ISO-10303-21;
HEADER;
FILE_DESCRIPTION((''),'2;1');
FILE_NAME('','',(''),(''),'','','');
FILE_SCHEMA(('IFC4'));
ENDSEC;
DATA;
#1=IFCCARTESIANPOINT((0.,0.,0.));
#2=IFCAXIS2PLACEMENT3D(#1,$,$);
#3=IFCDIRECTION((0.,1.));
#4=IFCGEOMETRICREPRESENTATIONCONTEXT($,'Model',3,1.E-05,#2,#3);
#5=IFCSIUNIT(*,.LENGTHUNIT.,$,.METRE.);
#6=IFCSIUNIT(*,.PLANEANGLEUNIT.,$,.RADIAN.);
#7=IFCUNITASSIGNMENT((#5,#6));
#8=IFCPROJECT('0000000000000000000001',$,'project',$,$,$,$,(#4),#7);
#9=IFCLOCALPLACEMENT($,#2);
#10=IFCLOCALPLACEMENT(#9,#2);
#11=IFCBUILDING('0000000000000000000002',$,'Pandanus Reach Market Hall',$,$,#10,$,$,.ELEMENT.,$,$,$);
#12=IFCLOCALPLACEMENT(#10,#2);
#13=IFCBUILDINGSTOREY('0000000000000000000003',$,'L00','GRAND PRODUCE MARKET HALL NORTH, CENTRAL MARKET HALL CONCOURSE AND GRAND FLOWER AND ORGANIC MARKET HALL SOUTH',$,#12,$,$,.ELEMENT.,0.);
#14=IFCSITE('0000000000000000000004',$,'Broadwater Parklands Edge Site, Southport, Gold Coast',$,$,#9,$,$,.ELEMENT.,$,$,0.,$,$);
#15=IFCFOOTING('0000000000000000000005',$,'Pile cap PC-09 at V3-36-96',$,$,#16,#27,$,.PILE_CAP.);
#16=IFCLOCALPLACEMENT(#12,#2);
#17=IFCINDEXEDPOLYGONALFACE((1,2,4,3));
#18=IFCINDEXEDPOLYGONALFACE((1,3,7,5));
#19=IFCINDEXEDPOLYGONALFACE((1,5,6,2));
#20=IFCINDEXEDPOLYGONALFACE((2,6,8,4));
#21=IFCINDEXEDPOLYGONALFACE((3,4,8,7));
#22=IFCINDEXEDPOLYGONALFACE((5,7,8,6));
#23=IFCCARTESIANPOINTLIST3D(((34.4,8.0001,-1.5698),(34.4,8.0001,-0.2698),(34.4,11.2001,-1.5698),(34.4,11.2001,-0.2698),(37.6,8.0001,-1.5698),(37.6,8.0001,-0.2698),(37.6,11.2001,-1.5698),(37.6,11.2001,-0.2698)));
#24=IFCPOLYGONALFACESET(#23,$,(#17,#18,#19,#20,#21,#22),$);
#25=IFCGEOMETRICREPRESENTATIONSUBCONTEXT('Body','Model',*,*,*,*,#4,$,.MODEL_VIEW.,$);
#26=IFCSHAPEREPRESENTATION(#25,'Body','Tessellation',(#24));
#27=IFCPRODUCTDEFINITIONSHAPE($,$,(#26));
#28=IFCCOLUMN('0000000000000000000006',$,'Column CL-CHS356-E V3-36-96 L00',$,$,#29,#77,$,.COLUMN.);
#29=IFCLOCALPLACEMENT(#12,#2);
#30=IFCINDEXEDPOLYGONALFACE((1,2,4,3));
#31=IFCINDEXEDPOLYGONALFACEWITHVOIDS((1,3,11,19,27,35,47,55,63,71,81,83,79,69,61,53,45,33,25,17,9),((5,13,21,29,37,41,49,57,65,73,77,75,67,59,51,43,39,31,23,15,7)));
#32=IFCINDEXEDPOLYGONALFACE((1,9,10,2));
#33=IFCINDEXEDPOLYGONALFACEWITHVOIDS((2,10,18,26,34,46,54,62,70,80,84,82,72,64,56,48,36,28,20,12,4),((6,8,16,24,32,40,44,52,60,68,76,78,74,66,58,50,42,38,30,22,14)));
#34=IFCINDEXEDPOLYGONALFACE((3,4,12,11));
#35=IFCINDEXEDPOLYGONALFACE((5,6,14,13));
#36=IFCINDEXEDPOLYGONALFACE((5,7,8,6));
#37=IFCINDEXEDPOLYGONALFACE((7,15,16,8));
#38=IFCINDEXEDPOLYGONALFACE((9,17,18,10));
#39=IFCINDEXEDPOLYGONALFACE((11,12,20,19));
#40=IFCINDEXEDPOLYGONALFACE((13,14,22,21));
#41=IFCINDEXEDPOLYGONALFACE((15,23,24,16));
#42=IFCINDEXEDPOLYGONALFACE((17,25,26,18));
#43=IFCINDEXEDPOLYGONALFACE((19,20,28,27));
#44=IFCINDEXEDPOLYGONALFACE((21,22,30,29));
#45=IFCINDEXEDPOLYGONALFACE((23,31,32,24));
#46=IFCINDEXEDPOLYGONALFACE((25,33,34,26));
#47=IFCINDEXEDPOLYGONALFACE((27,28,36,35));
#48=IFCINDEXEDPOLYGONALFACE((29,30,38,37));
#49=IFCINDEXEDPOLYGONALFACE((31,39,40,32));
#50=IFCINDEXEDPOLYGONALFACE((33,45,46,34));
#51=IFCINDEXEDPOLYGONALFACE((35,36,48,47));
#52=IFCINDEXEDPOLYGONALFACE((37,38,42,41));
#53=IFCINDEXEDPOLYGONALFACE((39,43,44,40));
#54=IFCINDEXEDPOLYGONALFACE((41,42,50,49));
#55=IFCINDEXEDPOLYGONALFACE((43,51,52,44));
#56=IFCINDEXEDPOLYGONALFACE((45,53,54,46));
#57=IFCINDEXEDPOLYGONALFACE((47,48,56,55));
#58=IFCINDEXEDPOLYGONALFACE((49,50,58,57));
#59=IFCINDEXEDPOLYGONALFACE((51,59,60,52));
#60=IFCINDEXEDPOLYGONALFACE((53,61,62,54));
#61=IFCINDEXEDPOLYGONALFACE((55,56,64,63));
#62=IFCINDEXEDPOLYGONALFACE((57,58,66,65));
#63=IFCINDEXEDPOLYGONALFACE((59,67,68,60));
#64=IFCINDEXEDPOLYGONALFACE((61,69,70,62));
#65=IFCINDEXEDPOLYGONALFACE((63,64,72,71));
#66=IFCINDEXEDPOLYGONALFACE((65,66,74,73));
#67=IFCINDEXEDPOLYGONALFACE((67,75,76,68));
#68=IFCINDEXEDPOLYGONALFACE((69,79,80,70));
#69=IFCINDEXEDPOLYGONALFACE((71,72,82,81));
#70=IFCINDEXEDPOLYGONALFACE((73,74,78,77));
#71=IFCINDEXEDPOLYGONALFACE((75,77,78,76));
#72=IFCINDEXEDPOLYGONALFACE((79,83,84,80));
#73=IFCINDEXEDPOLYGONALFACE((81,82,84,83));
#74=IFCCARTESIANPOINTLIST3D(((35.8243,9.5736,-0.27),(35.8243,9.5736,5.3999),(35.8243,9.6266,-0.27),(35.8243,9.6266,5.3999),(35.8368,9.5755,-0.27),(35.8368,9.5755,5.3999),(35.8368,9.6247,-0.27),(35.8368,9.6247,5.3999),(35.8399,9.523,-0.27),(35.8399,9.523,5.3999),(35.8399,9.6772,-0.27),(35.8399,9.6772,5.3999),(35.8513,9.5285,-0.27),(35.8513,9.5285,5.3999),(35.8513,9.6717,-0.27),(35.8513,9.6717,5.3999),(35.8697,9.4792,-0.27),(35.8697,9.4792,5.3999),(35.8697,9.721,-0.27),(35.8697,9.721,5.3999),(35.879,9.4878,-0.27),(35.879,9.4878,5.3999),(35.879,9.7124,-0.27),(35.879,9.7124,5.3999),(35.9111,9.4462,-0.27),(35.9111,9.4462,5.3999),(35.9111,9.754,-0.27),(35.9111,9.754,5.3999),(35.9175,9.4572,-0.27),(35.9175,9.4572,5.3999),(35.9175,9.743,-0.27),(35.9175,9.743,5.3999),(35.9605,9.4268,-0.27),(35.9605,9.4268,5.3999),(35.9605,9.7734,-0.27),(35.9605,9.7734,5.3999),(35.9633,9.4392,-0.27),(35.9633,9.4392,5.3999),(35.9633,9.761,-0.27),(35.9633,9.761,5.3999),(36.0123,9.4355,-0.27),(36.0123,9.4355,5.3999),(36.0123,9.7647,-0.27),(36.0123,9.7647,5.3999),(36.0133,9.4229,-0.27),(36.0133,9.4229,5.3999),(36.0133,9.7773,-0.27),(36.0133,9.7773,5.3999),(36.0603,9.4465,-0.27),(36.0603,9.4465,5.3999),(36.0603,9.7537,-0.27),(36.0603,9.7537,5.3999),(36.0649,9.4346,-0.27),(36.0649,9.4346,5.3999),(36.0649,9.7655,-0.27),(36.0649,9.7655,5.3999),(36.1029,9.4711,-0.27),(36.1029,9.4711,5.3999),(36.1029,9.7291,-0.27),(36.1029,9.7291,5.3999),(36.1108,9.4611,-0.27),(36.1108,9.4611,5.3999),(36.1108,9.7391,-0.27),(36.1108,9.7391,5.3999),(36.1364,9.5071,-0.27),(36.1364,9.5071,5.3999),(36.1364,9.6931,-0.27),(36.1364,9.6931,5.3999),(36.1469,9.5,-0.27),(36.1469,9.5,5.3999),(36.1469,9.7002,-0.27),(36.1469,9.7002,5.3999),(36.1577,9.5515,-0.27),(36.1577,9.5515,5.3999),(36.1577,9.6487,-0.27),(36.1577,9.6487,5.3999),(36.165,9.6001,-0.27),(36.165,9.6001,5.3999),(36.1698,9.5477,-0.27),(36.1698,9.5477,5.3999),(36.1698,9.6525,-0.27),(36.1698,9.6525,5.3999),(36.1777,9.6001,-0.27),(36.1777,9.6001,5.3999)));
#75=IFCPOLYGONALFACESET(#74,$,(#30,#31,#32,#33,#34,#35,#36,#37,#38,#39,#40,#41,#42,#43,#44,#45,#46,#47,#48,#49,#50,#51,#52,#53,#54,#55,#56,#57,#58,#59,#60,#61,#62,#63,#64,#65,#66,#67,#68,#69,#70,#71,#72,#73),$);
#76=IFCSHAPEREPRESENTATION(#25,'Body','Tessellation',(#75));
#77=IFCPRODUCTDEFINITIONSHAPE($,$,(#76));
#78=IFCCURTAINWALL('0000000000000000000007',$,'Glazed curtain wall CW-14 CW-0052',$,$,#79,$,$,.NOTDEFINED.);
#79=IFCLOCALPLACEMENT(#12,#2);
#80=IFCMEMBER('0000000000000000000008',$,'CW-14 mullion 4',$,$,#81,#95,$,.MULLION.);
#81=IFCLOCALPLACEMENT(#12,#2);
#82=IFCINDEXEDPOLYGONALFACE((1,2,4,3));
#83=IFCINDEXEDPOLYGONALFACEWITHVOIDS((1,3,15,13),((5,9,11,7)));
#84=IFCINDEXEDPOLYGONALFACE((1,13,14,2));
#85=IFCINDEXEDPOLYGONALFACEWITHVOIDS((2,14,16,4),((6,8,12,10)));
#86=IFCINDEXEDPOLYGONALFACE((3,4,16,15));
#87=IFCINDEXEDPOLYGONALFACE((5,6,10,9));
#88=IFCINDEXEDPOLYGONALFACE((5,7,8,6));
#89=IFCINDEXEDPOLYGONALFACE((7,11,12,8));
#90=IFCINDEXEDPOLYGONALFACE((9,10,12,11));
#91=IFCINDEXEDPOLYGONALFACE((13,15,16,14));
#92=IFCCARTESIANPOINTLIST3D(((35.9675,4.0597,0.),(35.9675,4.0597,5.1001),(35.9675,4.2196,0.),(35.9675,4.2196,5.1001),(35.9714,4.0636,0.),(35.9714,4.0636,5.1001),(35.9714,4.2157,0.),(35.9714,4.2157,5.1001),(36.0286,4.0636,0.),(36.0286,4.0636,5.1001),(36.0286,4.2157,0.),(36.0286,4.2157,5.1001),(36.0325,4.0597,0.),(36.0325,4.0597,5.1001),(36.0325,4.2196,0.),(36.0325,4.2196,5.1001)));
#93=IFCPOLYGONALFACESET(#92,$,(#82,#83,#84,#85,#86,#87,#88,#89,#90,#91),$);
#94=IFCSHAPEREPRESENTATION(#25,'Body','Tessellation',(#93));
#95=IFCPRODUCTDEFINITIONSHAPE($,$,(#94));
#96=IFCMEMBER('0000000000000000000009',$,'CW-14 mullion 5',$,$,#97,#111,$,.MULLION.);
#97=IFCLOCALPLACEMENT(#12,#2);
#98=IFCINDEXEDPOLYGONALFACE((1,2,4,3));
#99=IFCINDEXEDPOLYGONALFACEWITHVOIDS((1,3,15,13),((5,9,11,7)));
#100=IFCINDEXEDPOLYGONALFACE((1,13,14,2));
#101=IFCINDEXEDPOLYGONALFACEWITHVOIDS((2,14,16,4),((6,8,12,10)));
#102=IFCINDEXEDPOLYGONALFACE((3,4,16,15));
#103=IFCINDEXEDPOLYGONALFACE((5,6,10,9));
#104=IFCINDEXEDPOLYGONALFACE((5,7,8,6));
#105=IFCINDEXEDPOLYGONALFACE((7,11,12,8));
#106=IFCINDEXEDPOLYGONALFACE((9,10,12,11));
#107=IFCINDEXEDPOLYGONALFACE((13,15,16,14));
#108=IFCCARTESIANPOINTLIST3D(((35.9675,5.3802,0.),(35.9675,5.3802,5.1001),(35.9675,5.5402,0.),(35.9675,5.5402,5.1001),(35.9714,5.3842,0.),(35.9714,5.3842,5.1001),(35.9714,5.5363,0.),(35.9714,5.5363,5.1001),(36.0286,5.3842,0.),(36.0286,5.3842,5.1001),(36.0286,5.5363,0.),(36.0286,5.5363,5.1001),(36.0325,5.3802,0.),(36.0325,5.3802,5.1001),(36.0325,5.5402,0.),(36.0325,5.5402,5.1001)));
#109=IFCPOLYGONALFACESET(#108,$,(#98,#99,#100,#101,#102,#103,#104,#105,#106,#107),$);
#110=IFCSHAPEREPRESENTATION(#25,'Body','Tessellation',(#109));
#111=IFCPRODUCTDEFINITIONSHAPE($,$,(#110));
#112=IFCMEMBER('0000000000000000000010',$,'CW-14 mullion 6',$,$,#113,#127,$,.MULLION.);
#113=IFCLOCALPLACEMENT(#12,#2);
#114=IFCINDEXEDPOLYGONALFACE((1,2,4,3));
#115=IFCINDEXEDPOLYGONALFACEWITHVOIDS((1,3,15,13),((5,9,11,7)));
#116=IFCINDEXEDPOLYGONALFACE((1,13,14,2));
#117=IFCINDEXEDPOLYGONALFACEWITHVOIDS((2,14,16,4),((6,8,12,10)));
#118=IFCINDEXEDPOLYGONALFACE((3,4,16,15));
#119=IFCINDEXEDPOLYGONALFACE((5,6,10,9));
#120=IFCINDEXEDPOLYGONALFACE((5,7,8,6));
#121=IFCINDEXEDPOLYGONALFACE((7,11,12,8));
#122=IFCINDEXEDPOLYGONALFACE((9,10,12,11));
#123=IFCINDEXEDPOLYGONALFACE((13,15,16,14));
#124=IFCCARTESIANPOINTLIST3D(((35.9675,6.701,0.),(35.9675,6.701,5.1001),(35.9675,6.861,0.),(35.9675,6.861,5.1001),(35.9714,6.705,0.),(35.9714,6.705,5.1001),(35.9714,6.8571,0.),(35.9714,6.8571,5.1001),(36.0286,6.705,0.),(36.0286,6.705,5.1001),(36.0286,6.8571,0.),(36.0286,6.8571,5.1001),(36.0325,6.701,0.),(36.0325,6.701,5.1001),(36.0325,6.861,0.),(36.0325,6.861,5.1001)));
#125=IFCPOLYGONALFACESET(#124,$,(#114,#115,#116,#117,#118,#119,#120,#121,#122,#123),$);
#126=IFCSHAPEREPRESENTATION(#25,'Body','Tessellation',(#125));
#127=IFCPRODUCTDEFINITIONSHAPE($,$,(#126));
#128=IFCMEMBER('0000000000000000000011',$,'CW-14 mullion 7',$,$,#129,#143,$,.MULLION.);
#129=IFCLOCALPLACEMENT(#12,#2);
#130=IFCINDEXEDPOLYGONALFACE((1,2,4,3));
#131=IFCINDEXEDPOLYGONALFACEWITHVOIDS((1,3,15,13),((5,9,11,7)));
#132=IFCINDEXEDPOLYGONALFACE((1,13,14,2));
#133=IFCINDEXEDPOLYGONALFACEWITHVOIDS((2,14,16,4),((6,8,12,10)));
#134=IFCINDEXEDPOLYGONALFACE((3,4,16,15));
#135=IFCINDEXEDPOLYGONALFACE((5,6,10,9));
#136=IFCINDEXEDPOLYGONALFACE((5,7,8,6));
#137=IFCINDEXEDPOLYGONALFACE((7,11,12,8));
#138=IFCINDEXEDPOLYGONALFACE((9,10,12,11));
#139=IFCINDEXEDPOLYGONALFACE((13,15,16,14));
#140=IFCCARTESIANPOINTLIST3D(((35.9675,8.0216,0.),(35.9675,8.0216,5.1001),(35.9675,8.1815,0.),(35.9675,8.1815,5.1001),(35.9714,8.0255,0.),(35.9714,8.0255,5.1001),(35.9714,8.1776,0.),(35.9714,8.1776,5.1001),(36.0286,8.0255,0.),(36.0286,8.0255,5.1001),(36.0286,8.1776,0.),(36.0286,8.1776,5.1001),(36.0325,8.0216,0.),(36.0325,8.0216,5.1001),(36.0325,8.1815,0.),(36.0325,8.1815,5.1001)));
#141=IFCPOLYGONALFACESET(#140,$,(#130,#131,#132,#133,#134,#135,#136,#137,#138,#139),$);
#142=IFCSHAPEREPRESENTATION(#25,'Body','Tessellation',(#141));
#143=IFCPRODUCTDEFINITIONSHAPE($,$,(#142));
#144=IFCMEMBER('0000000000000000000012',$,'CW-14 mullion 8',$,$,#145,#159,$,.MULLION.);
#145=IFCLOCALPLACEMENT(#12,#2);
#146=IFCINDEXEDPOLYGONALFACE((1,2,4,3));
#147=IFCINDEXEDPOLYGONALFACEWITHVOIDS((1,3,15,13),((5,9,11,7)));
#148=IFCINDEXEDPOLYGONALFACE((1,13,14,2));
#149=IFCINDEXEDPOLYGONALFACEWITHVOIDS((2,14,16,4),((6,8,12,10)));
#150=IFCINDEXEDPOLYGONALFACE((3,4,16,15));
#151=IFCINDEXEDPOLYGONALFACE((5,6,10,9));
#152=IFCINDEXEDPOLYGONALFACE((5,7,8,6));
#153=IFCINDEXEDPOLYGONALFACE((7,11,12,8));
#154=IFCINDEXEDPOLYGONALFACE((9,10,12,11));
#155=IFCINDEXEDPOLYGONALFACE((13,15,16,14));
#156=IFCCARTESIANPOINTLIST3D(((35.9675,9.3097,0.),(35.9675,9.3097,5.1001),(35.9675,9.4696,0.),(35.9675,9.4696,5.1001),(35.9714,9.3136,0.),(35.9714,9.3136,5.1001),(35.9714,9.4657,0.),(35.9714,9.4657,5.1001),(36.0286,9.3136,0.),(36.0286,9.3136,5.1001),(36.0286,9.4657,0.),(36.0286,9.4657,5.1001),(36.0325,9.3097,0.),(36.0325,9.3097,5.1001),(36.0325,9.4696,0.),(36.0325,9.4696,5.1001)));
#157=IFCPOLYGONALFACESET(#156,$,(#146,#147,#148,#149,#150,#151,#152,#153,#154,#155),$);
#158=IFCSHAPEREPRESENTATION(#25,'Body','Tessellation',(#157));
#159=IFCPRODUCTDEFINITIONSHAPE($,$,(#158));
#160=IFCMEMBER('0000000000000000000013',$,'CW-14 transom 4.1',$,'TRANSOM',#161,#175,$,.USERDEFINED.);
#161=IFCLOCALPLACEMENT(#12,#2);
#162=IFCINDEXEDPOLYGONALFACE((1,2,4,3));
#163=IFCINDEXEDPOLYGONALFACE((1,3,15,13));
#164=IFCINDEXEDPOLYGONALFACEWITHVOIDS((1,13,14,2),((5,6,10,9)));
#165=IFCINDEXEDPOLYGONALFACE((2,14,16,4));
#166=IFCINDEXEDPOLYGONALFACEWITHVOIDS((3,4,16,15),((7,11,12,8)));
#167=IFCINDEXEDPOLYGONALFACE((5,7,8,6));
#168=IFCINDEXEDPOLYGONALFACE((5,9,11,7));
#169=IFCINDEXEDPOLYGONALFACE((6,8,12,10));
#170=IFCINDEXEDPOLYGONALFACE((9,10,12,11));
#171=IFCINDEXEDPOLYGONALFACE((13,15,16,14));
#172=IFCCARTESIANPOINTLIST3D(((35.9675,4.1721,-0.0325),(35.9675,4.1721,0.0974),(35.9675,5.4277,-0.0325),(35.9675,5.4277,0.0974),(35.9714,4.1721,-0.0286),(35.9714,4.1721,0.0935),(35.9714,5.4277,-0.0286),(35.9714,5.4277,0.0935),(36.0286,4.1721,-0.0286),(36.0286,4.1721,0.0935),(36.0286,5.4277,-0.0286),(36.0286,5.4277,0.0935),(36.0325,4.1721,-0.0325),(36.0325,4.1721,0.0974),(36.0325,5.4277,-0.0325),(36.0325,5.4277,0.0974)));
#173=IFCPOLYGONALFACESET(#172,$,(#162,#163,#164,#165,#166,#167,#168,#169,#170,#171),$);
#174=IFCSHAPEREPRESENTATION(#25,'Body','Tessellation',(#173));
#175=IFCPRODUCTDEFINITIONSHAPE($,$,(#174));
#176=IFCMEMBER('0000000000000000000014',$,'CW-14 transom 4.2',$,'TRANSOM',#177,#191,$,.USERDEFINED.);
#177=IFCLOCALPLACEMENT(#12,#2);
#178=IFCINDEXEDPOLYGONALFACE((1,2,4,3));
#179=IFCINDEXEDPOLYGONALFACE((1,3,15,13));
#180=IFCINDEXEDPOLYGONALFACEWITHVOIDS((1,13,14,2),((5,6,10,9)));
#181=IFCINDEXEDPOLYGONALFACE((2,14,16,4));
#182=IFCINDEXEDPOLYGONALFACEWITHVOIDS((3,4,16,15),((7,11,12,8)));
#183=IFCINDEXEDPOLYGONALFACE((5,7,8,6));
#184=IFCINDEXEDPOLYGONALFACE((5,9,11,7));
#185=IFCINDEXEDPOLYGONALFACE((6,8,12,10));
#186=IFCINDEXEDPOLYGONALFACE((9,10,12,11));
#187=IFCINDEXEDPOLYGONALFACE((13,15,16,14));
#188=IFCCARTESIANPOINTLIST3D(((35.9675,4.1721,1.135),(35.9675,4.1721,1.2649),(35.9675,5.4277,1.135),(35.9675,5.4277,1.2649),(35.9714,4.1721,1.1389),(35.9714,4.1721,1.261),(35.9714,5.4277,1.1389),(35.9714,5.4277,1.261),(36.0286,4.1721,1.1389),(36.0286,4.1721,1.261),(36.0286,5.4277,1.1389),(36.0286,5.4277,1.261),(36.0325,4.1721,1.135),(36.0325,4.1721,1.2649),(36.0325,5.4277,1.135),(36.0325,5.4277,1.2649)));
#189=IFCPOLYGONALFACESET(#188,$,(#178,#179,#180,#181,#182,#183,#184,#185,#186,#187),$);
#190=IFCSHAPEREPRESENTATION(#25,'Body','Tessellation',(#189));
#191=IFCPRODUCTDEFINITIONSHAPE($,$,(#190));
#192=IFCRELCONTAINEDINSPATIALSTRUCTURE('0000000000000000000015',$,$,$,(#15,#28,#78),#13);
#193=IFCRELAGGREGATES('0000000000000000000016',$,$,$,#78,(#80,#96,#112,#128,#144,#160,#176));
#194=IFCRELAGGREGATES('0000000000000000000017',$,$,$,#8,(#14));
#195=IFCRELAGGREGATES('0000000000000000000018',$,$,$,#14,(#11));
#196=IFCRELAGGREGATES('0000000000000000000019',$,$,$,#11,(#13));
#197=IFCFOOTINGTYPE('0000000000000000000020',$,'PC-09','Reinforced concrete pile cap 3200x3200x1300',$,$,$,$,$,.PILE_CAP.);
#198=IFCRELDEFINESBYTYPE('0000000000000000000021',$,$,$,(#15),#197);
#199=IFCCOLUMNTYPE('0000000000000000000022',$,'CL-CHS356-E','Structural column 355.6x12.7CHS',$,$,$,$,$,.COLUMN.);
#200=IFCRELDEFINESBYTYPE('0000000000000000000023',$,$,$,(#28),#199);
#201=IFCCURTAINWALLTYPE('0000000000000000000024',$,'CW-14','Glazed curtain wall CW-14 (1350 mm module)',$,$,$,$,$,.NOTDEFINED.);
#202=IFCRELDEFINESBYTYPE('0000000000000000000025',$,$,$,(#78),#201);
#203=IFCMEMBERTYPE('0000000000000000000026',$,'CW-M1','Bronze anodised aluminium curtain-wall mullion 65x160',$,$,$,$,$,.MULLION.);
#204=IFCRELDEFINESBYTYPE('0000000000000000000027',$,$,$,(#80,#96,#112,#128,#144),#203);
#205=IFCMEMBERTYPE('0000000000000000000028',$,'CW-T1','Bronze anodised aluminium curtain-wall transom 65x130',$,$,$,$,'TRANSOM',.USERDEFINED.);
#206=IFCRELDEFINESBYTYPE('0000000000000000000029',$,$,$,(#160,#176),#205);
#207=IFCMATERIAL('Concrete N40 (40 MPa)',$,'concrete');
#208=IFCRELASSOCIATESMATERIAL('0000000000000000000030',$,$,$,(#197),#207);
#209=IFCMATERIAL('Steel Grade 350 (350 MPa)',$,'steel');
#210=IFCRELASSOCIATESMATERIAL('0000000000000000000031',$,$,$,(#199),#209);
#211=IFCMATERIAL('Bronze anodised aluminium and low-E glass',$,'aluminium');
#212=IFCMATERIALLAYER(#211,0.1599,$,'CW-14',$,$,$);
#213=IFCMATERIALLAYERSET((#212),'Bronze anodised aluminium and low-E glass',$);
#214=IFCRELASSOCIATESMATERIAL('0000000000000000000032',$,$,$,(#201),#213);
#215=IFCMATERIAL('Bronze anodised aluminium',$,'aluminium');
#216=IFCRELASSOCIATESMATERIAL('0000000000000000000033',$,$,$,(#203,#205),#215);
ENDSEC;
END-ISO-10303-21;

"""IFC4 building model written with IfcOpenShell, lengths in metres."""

from ifc_helpers import new_model, si_unit, direction, frame, origin, origin_2d, place, context, subcontext, project, spatial, rectangle, hollow_rectangle, hollow_circle, extrude, material, layer, layer_set, material_profile, profile_set, type_object, element, aggregate, save


model = new_model("IFC4")

# Units and contexts
model_context = context("Model", 3, precision=1e-05, world=origin(), true_north=direction((0.0, 1.0)))
body_context = subcontext(model_context, "Body", "Model", "MODEL_VIEW")
ifc_project = project(units=[si_unit("LENGTHUNIT", "METRE"), si_unit("PLANEANGLEUNIT", "RADIAN")], contexts=[model_context])

# Site, building, storey
site_placement = place(None, origin())
site = spatial("IfcSite", under=ifc_project, at=site_placement, Name="Broadwater Parklands Edge Site, Southport, Gold Coast", CompositionType="ELEMENT", RefElevation=0.0)
building_placement = place(site_placement, origin())
building = spatial("IfcBuilding", under=site, at=building_placement, Name="Pandanus Reach Market Hall", CompositionType="ELEMENT")
storey_placement = place(building_placement, origin())
storey = spatial("IfcBuildingStorey", under=building, at=storey_placement, Name="L00", Description="GRAND PRODUCE MARKET HALL NORTH, CENTRAL MARKET HALL CONCOURSE AND GRAND FLOWER AND ORGANIC MARKET HALL SOUTH", CompositionType="ELEMENT", Elevation=0.0)

# Footing
ifc_material_1 = material(Name="Concrete N40 (40 MPa)", Category="concrete")
footing_type = type_object("IfcFootingType", Name="PC-09", Description="Reinforced concrete pile cap 3200x3200x1300", PredefinedType="PILE_CAP", material=ifc_material_1)
footing_placement = place(storey_placement, frame((36.0, 9.6001, -1.5698), z_axis=(0.0, 0.0, 1.0), x_axis=(1.0, 0.0, 0.0)))
element("IfcFooting", 1, at=footing_placement, inside=storey, type_object=footing_type, Name="Pile cap PC-09 at V3-36-96", PredefinedType="PILE_CAP", context=body_context, shape_type="SweptSolid", body=[
    extrude(rectangle(XDim=3.2, YDim=3.2, at=origin_2d()), origin(), (0.0, 0.0, 1.0), 1.3),
])

# Column
ifc_material_2 = material(Name="Steel Grade 350 (350 MPa)", Category="steel")
ifc_material_profile_1 = material_profile(ifc_material_2, hollow_circle(Radius=0.1777, WallThickness=0.0127, at=origin_2d()), Name="355.6x12.7CHS", Category="LoadBearing")
ifc_profile_set_1 = profile_set([ifc_material_profile_1], Name="Steel Grade 350 (350 MPa)")
column_type = type_object("IfcColumnType", Name="CL-CHS356-E", Description="Structural column 355.6x12.7CHS", PredefinedType="COLUMN", material=ifc_profile_set_1)
column_placement = place(storey_placement, frame((36.0, 9.6001, -0.27), z_axis=(0.0, 0.0, 1.0), x_axis=(1.0, 0.0, 0.0)))
element("IfcColumn", 2, at=column_placement, inside=storey, type_object=column_type, Name="Column CL-CHS356-E V3-36-96 L00", PredefinedType="COLUMN", context=body_context, shape_type="SweptSolid", body=[
    extrude(hollow_circle(Radius=0.1777, WallThickness=0.0127, at=origin_2d()), origin(), (0.0, 0.0, 1.0), 5.6699),
])

# Curtain wall, members
ifc_material_3 = material(Name="Bronze anodised aluminium and low-E glass", Category="aluminium")
ifc_layer_1 = layer(ifc_material_3, 0.1599, Name="CW-14")
ifc_layer_set_1 = layer_set([ifc_layer_1], Name="Bronze anodised aluminium and low-E glass")
curtain_wall_type = type_object("IfcCurtainWallType", Name="CW-14", Description="Glazed curtain wall CW-14 (1350 mm module)", PredefinedType="NOTDEFINED", material=ifc_layer_set_1)
curtain_wall_placement = place(storey_placement, origin())
curtain_wall = element("IfcCurtainWall", 3, at=curtain_wall_placement, inside=storey, type_object=curtain_wall_type, Name="Glazed curtain wall CW-14 CW-0052", PredefinedType="NOTDEFINED")
ifc_material_4 = material(Name="Bronze anodised aluminium", Category="aluminium")
ifc_material_profile_2 = material_profile(ifc_material_4, hollow_rectangle(XDim=0.0649, YDim=0.1599, WallThickness=0.0039, at=origin_2d()), Name="ALU65x160", Category="LoadBearing")
ifc_profile_set_2 = profile_set([ifc_material_profile_2], Name="Bronze anodised aluminium")
member_type_1 = type_object("IfcMemberType", Name="CW-M1", Description="Bronze anodised aluminium curtain-wall mullion 65x160", PredefinedType="MULLION", material=ifc_profile_set_2)
member_1_placement = place(storey_placement, frame((36.0, 4.1396, 0.0), z_axis=(0.0, 0.0, 1.0), x_axis=(-1.0, 0.0, 0.0)))
member_1 = element("IfcMember", 4, at=member_1_placement, type_object=member_type_1, Name="CW-14 mullion 4", PredefinedType="MULLION", context=body_context, shape_type="SweptSolid", body=[
    extrude(hollow_rectangle(XDim=0.0649, YDim=0.1599, WallThickness=0.0039, at=origin_2d()), origin(), (0.0, 0.0, 1.0), 5.1001),
])
member_2_placement = place(storey_placement, frame((36.0, 5.4602, 0.0), z_axis=(0.0, 0.0, 1.0), x_axis=(-1.0, 0.0, 0.0)))
member_2 = element("IfcMember", 5, at=member_2_placement, type_object=member_type_1, Name="CW-14 mullion 5", PredefinedType="MULLION", context=body_context, shape_type="SweptSolid", body=[
    extrude(hollow_rectangle(XDim=0.0649, YDim=0.1599, WallThickness=0.0039, at=origin_2d()), origin(), (0.0, 0.0, 1.0), 5.1001),
])
member_3_placement = place(storey_placement, frame((36.0, 6.781, 0.0), z_axis=(0.0, 0.0, 1.0), x_axis=(-1.0, 0.0, 0.0)))
member_3 = element("IfcMember", 6, at=member_3_placement, type_object=member_type_1, Name="CW-14 mullion 6", PredefinedType="MULLION", context=body_context, shape_type="SweptSolid", body=[
    extrude(hollow_rectangle(XDim=0.0649, YDim=0.1599, WallThickness=0.0039, at=origin_2d()), origin(), (0.0, 0.0, 1.0), 5.1001),
])
member_4_placement = place(storey_placement, frame((36.0, 8.1016, 0.0), z_axis=(0.0, 0.0, 1.0), x_axis=(-1.0, 0.0, 0.0)))
member_4 = element("IfcMember", 7, at=member_4_placement, type_object=member_type_1, Name="CW-14 mullion 7", PredefinedType="MULLION", context=body_context, shape_type="SweptSolid", body=[
    extrude(hollow_rectangle(XDim=0.0649, YDim=0.1599, WallThickness=0.0039, at=origin_2d()), origin(), (0.0, 0.0, 1.0), 5.1001),
])
member_5_placement = place(storey_placement, frame((36.0, 9.3896, 0.0), z_axis=(0.0, 0.0, 1.0), x_axis=(-1.0, 0.0, 0.0)))
member_5 = element("IfcMember", 8, at=member_5_placement, type_object=member_type_1, Name="CW-14 mullion 8", PredefinedType="MULLION", context=body_context, shape_type="SweptSolid", body=[
    extrude(hollow_rectangle(XDim=0.0649, YDim=0.1599, WallThickness=0.0039, at=origin_2d()), origin(), (0.0, 0.0, 1.0), 5.1001),
])
ifc_material_profile_3 = material_profile(ifc_material_4, hollow_rectangle(XDim=0.0649, YDim=0.1299, WallThickness=0.0039, at=origin_2d()), Name="ALU65x130", Category="LoadBearing")
ifc_profile_set_3 = profile_set([ifc_material_profile_3], Name="Bronze anodised aluminium")
member_type_2 = type_object("IfcMemberType", Name="CW-T1", Description="Bronze anodised aluminium curtain-wall transom 65x130", ElementType="TRANSOM", PredefinedType="USERDEFINED", material=ifc_profile_set_3)
member_6_placement = place(storey_placement, frame((36.0, 4.1721, 0.0325), z_axis=(0.0, 1.0, 0.0), x_axis=(-1.0, 0.0, 0.0)))
member_6 = element("IfcMember", 9, at=member_6_placement, type_object=member_type_2, Name="CW-14 transom 4.1", ObjectType="TRANSOM", PredefinedType="USERDEFINED", context=body_context, shape_type="SweptSolid", body=[
    extrude(hollow_rectangle(XDim=0.0649, YDim=0.1299, WallThickness=0.0039, at=origin_2d()), origin(), (0.0, 0.0, 1.0), 1.2556),
])
member_7_placement = place(storey_placement, frame((36.0, 4.1721, 1.2), z_axis=(0.0, 1.0, 0.0), x_axis=(-1.0, 0.0, 0.0)))
member_7 = element("IfcMember", 10, at=member_7_placement, type_object=member_type_2, Name="CW-14 transom 4.2", ObjectType="TRANSOM", PredefinedType="USERDEFINED", context=body_context, shape_type="SweptSolid", body=[
    extrude(hollow_rectangle(XDim=0.0649, YDim=0.1299, WallThickness=0.0039, at=origin_2d()), origin(), (0.0, 0.0, 1.0), 1.2556),
])
aggregate(curtain_wall, [member_1, member_2, member_3, member_4, member_5, member_6, member_7])

save(model, "model.ifc")
